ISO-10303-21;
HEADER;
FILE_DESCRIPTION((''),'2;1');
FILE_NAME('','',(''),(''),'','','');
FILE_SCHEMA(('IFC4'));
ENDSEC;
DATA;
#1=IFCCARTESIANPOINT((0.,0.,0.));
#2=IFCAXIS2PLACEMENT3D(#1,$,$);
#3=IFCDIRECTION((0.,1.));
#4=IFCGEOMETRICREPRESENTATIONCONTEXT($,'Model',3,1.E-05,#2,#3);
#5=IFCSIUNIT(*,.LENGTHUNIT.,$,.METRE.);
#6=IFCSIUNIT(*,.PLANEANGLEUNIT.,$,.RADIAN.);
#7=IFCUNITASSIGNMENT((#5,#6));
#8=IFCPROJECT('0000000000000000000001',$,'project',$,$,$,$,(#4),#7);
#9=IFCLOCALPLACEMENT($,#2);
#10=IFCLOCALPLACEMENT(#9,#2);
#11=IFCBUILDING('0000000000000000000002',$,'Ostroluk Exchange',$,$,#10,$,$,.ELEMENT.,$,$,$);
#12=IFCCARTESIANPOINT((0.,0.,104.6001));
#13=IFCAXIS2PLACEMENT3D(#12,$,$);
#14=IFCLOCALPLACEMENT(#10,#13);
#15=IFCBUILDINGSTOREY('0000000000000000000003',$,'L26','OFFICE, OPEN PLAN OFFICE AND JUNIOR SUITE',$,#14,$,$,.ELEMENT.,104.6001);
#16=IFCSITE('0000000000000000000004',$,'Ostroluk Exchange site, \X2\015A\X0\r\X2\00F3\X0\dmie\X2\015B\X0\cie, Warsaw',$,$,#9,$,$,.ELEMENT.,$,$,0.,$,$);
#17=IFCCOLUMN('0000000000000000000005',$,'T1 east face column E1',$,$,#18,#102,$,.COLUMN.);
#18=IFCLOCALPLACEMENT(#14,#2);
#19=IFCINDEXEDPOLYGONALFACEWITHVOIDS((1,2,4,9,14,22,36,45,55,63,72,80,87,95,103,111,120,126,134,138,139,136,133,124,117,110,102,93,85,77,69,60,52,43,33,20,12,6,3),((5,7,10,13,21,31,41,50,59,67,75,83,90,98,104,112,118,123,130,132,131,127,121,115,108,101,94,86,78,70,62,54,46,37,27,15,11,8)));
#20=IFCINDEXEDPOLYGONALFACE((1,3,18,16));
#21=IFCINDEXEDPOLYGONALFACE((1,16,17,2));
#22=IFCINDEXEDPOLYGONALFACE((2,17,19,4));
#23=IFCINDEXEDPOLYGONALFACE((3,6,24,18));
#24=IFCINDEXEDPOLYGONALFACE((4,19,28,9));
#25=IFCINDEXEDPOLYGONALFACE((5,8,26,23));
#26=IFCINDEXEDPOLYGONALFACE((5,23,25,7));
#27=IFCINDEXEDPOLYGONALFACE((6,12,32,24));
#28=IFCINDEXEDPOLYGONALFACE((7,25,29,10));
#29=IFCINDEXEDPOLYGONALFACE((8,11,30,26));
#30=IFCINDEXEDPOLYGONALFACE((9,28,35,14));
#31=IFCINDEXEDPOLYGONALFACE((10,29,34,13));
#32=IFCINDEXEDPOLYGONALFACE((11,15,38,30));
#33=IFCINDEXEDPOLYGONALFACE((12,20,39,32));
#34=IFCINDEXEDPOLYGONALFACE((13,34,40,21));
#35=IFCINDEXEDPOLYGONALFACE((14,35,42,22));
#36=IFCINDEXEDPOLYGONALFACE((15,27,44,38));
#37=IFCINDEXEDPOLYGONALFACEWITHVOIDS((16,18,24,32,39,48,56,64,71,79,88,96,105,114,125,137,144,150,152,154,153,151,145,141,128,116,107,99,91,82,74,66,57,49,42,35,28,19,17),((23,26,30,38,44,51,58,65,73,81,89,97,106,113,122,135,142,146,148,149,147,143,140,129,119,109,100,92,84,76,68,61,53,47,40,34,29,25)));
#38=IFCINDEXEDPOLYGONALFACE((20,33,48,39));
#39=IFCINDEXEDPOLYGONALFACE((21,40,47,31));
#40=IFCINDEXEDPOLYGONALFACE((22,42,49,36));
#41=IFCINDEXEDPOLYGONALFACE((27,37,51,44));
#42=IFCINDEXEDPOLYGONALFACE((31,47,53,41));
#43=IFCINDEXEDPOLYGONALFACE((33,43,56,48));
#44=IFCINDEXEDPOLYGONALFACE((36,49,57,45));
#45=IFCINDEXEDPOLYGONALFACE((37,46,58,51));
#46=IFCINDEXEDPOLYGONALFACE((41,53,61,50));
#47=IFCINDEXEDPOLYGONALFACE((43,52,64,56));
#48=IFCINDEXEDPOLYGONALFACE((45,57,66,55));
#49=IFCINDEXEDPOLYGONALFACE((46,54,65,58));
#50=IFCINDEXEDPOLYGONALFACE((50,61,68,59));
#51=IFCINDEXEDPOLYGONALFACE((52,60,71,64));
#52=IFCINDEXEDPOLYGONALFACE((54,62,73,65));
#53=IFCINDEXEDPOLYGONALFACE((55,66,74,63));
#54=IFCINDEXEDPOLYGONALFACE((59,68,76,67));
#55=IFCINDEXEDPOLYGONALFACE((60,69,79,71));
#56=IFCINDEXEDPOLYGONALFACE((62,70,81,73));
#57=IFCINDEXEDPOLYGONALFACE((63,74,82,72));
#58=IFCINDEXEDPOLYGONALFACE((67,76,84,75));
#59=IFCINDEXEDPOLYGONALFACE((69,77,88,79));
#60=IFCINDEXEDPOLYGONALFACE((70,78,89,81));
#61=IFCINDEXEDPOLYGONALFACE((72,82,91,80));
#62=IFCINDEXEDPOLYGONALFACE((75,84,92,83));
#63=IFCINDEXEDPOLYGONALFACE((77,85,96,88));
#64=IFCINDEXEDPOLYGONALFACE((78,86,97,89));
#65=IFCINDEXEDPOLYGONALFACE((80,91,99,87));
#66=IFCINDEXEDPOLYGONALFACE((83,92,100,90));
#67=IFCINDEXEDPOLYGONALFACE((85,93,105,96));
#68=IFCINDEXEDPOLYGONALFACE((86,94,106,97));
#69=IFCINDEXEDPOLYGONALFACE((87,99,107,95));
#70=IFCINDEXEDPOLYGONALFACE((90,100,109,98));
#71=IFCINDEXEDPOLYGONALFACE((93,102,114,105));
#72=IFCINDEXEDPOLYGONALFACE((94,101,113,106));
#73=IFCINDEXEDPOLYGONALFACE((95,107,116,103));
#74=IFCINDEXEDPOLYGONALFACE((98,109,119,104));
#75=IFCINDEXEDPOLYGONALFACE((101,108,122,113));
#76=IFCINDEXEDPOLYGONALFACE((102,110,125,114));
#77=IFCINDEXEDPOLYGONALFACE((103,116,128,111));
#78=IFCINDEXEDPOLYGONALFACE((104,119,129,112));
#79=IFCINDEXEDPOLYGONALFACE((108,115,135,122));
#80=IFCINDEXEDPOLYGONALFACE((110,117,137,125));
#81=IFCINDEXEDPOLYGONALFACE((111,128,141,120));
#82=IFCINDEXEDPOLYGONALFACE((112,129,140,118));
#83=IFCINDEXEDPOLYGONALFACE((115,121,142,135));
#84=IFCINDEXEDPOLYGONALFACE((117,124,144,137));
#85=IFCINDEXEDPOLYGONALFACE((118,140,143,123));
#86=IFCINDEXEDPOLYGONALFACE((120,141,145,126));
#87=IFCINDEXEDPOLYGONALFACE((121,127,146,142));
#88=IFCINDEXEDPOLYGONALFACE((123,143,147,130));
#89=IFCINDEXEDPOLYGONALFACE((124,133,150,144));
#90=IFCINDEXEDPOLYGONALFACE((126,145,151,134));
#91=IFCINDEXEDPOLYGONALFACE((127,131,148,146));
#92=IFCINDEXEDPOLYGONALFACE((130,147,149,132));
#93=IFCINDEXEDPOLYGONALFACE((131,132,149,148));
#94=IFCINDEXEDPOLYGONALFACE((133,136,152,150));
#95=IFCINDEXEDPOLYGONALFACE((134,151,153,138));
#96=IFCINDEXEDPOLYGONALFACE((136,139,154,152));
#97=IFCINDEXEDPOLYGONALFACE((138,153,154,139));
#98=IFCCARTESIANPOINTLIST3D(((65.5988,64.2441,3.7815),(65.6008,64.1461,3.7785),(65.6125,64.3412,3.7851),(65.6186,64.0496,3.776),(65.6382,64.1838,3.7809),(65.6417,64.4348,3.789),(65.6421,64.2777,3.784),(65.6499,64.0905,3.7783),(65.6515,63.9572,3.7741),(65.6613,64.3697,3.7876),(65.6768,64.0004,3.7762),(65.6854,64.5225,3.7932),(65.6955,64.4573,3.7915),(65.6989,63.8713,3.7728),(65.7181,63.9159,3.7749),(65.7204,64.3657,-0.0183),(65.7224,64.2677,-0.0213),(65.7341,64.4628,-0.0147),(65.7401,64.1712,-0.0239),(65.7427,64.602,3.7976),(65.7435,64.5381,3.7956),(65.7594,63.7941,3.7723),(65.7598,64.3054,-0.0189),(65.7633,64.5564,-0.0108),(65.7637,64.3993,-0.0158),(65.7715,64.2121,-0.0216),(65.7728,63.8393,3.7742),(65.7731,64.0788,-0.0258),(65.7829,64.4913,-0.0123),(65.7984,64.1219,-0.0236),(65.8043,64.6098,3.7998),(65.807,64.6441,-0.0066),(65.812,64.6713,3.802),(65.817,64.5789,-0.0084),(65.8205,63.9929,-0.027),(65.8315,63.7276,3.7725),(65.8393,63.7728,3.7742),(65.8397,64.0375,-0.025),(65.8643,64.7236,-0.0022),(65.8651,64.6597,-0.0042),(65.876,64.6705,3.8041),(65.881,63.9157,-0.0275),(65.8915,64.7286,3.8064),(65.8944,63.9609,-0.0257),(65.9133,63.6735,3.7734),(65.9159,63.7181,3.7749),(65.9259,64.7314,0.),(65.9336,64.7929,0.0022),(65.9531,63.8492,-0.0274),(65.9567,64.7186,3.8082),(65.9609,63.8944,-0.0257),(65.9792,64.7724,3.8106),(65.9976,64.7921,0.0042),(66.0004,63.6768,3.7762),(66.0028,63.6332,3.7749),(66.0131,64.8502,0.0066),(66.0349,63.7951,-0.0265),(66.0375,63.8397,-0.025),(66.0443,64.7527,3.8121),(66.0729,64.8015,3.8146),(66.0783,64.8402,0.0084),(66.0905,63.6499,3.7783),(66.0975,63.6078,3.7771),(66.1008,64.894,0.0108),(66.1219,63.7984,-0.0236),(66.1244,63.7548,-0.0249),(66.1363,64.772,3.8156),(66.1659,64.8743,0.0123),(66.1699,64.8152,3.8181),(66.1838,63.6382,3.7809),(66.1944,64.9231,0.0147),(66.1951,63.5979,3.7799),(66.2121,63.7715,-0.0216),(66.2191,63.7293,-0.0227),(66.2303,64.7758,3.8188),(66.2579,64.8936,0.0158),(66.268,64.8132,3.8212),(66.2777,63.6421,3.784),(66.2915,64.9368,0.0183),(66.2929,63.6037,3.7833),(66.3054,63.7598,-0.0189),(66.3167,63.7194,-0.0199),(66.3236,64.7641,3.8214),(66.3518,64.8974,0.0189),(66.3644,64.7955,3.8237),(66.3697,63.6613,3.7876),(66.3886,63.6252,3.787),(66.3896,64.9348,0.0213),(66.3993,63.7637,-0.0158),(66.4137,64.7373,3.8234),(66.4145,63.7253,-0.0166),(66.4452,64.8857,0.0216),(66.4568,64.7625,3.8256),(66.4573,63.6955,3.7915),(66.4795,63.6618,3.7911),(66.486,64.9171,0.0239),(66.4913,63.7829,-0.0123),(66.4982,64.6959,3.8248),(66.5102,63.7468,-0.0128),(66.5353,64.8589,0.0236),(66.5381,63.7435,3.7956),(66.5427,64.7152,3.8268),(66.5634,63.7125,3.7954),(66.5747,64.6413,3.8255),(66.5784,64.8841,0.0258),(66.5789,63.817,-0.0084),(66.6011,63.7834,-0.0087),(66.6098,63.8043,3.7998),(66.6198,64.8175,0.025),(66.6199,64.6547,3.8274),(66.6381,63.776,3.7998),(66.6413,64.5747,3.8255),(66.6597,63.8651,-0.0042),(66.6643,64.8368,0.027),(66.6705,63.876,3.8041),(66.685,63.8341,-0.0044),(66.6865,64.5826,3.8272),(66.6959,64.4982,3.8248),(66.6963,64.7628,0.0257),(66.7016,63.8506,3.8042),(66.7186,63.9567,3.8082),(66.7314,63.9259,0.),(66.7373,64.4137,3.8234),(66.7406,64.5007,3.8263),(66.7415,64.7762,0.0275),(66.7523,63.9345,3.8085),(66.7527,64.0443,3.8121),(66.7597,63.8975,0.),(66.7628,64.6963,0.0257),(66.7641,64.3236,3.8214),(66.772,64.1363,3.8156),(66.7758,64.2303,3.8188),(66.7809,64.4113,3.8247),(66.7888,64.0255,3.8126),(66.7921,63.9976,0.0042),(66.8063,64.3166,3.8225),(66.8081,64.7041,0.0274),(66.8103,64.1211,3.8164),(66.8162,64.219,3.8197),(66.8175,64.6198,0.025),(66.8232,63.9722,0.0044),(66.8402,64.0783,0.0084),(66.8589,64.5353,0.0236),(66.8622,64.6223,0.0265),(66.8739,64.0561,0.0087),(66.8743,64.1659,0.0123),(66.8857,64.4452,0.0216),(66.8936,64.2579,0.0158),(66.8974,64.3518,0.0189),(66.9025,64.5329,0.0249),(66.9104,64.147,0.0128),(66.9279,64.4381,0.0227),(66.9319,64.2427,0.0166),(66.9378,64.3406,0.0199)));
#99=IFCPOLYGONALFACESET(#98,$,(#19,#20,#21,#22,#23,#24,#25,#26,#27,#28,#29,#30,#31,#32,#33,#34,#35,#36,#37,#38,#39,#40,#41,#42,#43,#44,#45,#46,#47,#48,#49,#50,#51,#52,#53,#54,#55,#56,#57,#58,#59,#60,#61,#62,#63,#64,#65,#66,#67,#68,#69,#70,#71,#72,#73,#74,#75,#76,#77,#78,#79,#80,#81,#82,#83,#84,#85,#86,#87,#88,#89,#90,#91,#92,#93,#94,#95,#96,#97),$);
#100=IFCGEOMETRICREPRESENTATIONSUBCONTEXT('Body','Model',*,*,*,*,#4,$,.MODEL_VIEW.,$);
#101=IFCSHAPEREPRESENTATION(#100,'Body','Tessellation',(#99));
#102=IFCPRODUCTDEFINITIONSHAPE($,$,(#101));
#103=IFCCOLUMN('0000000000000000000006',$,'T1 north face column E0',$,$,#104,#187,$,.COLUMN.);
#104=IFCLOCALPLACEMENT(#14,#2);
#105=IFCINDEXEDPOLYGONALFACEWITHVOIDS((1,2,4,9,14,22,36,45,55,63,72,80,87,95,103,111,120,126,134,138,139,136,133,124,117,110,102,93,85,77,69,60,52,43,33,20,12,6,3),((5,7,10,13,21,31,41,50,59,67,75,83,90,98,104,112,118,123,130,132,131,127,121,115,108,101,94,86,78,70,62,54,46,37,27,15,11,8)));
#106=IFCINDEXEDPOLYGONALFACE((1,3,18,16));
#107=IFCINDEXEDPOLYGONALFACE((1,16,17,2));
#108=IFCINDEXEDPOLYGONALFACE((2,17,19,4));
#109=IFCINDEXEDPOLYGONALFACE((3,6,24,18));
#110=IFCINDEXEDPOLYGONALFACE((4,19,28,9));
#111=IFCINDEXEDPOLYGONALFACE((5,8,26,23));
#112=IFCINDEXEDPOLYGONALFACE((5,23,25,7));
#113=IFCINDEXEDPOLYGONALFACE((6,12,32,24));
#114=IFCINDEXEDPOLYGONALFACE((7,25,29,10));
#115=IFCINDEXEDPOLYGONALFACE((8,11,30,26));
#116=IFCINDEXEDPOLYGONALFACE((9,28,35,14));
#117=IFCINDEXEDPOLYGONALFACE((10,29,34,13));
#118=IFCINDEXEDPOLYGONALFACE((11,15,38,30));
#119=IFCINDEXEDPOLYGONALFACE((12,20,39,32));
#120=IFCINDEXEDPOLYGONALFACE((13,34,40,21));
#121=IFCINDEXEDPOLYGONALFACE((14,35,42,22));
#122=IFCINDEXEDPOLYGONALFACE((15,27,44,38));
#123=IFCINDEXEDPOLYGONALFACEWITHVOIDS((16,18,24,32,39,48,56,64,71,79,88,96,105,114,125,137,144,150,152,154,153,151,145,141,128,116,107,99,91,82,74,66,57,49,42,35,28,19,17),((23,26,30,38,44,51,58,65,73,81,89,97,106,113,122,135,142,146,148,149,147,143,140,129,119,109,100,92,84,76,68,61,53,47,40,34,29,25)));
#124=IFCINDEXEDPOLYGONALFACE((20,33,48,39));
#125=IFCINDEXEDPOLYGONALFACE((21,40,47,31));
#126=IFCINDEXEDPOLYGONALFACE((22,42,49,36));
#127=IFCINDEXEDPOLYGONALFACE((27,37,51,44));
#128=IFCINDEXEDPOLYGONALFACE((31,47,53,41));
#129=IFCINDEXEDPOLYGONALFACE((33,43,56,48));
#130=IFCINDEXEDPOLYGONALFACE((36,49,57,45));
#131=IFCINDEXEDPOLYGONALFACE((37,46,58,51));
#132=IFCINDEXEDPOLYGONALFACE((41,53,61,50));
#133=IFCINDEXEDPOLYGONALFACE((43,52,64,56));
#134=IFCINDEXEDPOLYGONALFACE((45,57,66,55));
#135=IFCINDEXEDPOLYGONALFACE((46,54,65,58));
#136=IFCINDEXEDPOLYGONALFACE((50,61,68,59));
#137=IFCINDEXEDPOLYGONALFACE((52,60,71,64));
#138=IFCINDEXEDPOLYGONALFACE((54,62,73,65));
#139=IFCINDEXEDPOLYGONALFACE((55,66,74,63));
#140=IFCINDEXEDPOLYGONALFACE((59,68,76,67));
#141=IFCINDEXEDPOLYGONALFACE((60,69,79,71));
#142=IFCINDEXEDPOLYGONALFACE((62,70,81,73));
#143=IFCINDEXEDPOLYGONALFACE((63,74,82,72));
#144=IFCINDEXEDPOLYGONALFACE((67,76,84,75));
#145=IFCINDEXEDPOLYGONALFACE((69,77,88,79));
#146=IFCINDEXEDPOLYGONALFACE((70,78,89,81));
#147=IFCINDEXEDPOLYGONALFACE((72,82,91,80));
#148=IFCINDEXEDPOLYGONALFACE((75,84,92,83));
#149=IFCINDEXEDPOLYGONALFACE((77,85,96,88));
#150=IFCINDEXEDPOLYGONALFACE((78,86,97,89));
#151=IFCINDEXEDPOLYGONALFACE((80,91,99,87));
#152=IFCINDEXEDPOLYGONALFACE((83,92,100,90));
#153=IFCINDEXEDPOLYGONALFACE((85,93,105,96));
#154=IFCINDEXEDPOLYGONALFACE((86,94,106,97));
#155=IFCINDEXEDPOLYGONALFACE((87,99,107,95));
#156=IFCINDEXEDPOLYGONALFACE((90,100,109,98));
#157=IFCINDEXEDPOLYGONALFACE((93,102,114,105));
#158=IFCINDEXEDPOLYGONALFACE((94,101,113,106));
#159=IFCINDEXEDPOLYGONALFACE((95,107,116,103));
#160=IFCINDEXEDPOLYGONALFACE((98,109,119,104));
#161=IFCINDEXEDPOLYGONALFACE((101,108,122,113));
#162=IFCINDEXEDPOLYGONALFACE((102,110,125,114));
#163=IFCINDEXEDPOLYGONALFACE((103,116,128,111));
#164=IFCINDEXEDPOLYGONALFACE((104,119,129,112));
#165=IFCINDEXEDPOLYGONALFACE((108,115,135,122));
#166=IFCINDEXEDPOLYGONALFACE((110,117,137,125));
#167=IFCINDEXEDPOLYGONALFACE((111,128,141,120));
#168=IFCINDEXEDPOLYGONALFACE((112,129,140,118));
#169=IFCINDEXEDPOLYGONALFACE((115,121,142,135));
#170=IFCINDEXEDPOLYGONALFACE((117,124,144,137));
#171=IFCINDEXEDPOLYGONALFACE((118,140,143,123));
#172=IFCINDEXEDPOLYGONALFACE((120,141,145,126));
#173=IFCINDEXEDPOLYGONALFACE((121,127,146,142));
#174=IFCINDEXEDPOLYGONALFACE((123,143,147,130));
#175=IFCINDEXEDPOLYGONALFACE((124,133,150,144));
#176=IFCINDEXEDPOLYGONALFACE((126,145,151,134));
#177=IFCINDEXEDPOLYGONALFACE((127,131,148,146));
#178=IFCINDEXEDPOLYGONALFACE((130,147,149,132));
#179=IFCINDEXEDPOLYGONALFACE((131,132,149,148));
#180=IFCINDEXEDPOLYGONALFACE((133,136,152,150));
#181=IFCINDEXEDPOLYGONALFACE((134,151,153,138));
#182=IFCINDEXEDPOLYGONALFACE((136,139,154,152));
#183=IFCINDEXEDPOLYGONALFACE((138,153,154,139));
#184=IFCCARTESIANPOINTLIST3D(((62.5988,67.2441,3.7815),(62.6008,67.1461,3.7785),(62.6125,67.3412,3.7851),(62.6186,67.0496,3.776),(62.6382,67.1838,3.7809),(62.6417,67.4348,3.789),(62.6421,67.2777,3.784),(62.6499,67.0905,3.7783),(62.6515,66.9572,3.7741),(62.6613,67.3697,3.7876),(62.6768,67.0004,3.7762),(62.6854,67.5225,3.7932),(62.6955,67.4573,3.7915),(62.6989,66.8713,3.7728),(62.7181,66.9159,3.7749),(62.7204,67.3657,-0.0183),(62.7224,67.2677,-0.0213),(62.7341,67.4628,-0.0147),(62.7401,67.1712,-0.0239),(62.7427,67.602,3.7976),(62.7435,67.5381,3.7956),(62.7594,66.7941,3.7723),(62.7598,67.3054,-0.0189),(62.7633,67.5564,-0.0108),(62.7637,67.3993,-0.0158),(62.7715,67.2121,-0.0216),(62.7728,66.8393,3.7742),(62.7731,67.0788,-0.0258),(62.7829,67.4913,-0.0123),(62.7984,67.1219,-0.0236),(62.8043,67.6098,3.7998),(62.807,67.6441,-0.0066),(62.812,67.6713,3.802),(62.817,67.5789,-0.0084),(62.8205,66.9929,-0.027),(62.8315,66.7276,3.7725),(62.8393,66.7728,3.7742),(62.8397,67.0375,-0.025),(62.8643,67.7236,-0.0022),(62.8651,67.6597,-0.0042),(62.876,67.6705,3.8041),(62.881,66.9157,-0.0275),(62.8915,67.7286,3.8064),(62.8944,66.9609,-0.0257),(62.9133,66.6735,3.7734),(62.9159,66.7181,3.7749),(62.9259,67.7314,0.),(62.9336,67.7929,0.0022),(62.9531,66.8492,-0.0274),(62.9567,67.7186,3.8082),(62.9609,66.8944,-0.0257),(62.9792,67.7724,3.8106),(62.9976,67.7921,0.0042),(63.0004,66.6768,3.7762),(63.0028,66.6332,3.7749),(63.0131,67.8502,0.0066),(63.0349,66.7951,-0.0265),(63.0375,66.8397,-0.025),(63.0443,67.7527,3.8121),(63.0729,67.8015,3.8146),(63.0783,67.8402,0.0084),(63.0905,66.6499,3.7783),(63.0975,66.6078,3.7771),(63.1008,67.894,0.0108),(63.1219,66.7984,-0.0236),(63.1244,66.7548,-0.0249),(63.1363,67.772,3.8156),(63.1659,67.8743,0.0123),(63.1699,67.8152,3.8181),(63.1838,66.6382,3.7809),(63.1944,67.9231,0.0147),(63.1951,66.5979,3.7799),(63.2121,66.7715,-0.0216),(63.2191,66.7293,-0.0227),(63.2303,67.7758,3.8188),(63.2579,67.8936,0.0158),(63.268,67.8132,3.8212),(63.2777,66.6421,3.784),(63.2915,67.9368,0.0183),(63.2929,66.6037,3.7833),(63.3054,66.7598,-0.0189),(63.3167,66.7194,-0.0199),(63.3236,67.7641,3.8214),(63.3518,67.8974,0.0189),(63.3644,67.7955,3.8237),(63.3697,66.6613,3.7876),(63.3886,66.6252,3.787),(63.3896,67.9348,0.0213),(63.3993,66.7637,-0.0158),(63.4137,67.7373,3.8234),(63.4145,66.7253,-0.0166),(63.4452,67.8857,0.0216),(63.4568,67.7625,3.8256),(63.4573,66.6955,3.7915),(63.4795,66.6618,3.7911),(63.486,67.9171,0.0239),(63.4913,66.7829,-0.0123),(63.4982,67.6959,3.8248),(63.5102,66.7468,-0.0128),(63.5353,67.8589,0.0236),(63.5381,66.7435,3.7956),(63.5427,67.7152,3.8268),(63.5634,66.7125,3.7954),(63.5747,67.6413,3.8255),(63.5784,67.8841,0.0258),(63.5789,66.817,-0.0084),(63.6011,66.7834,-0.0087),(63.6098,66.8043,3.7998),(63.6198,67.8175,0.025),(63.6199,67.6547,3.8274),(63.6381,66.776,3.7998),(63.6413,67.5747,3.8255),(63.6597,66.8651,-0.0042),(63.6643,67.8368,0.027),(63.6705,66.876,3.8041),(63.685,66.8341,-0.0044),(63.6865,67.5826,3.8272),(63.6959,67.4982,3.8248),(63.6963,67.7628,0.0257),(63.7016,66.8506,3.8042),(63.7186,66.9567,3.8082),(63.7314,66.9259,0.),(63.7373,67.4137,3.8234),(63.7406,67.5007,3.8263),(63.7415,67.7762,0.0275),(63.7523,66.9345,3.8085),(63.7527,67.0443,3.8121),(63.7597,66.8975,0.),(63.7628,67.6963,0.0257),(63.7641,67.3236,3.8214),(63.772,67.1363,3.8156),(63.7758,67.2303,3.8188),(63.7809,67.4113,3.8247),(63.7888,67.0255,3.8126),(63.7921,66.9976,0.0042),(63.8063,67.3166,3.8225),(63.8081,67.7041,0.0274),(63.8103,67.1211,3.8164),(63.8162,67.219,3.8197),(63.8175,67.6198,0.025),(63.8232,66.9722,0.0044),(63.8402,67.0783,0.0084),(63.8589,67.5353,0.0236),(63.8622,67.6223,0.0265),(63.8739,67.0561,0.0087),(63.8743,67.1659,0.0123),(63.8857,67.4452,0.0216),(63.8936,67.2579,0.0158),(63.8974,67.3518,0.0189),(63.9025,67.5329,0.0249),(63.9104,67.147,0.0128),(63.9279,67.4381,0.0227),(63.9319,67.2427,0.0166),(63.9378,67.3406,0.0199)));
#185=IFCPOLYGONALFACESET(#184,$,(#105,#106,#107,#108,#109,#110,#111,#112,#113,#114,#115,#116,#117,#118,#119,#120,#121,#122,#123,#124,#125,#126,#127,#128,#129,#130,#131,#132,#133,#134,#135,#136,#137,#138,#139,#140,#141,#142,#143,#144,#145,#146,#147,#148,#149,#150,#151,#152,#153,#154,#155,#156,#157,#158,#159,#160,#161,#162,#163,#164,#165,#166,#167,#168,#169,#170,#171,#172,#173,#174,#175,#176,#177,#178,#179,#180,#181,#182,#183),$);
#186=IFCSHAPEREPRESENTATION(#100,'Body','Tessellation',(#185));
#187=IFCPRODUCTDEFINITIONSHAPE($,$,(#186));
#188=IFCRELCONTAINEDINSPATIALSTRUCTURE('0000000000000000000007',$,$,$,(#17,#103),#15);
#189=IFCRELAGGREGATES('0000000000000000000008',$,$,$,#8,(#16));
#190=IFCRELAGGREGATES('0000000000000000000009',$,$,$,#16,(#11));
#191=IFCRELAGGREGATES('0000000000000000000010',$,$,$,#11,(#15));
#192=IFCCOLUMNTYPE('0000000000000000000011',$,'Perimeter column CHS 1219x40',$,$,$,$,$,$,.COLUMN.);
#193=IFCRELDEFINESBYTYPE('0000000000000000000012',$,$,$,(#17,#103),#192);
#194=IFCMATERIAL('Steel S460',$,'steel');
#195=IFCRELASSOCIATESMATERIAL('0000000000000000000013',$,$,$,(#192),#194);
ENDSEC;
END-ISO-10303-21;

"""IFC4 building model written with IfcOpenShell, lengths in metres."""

from ifc_helpers import new_model, si_unit, direction, frame, origin, origin_2d, place, context, subcontext, project, spatial, hollow_circle, extrude, material, material_profile, profile_set, type_object, element, save


model = new_model("IFC4")

# Units and contexts
model_context = context("Model", 3, precision=1e-05, world=origin(), true_north=direction((0.0, 1.0)))
body_context = subcontext(model_context, "Body", "Model", "MODEL_VIEW")
ifc_project = project(units=[si_unit("LENGTHUNIT", "METRE"), si_unit("PLANEANGLEUNIT", "RADIAN")], contexts=[model_context])

# Site, building, storey
site_placement = place(None, origin())
site = spatial("IfcSite", under=ifc_project, at=site_placement, Name="Ostroluk Exchange site, Śródmieście, Warsaw", CompositionType="ELEMENT", RefElevation=0.0)
building_placement = place(site_placement, origin())
building = spatial("IfcBuilding", under=site, at=building_placement, Name="Ostroluk Exchange", CompositionType="ELEMENT")
storey_placement = place(building_placement, frame((0.0, 0.0, 104.6001)))
storey = spatial("IfcBuildingStorey", under=building, at=storey_placement, Name="L26", Description="OFFICE, OPEN PLAN OFFICE AND JUNIOR SUITE", CompositionType="ELEMENT", Elevation=104.6001)

# Columns
ifc_material_1 = material(Name="Steel S460", Category="steel")
ifc_material_profile_1 = material_profile(ifc_material_1, hollow_circle(Radius=0.6096, WallThickness=0.04, at=origin_2d()), Name="CHS 1219x40")
ifc_profile_set_1 = profile_set([ifc_material_profile_1], Name="Steel S460")
column_type = type_object("IfcColumnType", Name="Perimeter column CHS 1219x40", PredefinedType="COLUMN", material=ifc_profile_set_1)
for number, where, z_axis, x_axis, name in (
    (1, (66.3286, 64.3286, 0.0), (-0.031964, -0.031964, 0.998978), (0.707107, -0.707107, 0.0), "T1 east face column E1"),
    (2, (63.3286, 67.3286, 0.0), (-0.031964, -0.031964, 0.998978), (0.707107, -0.707107, 0.0), "T1 north face column E0"),
):
    element("IfcColumn", number, at=place(storey_placement, frame(where, z_axis=z_axis, x_axis=x_axis)), inside=storey, type_object=column_type, Name=name, PredefinedType="COLUMN", context=body_context, shape_type="SweptSolid", body=[
        extrude(hollow_circle(Radius=0.6096, WallThickness=0.04, at=origin_2d()), origin(), (0.0, 0.0, 1.0), 3.8037),
    ])

save(model, "model.ifc")
